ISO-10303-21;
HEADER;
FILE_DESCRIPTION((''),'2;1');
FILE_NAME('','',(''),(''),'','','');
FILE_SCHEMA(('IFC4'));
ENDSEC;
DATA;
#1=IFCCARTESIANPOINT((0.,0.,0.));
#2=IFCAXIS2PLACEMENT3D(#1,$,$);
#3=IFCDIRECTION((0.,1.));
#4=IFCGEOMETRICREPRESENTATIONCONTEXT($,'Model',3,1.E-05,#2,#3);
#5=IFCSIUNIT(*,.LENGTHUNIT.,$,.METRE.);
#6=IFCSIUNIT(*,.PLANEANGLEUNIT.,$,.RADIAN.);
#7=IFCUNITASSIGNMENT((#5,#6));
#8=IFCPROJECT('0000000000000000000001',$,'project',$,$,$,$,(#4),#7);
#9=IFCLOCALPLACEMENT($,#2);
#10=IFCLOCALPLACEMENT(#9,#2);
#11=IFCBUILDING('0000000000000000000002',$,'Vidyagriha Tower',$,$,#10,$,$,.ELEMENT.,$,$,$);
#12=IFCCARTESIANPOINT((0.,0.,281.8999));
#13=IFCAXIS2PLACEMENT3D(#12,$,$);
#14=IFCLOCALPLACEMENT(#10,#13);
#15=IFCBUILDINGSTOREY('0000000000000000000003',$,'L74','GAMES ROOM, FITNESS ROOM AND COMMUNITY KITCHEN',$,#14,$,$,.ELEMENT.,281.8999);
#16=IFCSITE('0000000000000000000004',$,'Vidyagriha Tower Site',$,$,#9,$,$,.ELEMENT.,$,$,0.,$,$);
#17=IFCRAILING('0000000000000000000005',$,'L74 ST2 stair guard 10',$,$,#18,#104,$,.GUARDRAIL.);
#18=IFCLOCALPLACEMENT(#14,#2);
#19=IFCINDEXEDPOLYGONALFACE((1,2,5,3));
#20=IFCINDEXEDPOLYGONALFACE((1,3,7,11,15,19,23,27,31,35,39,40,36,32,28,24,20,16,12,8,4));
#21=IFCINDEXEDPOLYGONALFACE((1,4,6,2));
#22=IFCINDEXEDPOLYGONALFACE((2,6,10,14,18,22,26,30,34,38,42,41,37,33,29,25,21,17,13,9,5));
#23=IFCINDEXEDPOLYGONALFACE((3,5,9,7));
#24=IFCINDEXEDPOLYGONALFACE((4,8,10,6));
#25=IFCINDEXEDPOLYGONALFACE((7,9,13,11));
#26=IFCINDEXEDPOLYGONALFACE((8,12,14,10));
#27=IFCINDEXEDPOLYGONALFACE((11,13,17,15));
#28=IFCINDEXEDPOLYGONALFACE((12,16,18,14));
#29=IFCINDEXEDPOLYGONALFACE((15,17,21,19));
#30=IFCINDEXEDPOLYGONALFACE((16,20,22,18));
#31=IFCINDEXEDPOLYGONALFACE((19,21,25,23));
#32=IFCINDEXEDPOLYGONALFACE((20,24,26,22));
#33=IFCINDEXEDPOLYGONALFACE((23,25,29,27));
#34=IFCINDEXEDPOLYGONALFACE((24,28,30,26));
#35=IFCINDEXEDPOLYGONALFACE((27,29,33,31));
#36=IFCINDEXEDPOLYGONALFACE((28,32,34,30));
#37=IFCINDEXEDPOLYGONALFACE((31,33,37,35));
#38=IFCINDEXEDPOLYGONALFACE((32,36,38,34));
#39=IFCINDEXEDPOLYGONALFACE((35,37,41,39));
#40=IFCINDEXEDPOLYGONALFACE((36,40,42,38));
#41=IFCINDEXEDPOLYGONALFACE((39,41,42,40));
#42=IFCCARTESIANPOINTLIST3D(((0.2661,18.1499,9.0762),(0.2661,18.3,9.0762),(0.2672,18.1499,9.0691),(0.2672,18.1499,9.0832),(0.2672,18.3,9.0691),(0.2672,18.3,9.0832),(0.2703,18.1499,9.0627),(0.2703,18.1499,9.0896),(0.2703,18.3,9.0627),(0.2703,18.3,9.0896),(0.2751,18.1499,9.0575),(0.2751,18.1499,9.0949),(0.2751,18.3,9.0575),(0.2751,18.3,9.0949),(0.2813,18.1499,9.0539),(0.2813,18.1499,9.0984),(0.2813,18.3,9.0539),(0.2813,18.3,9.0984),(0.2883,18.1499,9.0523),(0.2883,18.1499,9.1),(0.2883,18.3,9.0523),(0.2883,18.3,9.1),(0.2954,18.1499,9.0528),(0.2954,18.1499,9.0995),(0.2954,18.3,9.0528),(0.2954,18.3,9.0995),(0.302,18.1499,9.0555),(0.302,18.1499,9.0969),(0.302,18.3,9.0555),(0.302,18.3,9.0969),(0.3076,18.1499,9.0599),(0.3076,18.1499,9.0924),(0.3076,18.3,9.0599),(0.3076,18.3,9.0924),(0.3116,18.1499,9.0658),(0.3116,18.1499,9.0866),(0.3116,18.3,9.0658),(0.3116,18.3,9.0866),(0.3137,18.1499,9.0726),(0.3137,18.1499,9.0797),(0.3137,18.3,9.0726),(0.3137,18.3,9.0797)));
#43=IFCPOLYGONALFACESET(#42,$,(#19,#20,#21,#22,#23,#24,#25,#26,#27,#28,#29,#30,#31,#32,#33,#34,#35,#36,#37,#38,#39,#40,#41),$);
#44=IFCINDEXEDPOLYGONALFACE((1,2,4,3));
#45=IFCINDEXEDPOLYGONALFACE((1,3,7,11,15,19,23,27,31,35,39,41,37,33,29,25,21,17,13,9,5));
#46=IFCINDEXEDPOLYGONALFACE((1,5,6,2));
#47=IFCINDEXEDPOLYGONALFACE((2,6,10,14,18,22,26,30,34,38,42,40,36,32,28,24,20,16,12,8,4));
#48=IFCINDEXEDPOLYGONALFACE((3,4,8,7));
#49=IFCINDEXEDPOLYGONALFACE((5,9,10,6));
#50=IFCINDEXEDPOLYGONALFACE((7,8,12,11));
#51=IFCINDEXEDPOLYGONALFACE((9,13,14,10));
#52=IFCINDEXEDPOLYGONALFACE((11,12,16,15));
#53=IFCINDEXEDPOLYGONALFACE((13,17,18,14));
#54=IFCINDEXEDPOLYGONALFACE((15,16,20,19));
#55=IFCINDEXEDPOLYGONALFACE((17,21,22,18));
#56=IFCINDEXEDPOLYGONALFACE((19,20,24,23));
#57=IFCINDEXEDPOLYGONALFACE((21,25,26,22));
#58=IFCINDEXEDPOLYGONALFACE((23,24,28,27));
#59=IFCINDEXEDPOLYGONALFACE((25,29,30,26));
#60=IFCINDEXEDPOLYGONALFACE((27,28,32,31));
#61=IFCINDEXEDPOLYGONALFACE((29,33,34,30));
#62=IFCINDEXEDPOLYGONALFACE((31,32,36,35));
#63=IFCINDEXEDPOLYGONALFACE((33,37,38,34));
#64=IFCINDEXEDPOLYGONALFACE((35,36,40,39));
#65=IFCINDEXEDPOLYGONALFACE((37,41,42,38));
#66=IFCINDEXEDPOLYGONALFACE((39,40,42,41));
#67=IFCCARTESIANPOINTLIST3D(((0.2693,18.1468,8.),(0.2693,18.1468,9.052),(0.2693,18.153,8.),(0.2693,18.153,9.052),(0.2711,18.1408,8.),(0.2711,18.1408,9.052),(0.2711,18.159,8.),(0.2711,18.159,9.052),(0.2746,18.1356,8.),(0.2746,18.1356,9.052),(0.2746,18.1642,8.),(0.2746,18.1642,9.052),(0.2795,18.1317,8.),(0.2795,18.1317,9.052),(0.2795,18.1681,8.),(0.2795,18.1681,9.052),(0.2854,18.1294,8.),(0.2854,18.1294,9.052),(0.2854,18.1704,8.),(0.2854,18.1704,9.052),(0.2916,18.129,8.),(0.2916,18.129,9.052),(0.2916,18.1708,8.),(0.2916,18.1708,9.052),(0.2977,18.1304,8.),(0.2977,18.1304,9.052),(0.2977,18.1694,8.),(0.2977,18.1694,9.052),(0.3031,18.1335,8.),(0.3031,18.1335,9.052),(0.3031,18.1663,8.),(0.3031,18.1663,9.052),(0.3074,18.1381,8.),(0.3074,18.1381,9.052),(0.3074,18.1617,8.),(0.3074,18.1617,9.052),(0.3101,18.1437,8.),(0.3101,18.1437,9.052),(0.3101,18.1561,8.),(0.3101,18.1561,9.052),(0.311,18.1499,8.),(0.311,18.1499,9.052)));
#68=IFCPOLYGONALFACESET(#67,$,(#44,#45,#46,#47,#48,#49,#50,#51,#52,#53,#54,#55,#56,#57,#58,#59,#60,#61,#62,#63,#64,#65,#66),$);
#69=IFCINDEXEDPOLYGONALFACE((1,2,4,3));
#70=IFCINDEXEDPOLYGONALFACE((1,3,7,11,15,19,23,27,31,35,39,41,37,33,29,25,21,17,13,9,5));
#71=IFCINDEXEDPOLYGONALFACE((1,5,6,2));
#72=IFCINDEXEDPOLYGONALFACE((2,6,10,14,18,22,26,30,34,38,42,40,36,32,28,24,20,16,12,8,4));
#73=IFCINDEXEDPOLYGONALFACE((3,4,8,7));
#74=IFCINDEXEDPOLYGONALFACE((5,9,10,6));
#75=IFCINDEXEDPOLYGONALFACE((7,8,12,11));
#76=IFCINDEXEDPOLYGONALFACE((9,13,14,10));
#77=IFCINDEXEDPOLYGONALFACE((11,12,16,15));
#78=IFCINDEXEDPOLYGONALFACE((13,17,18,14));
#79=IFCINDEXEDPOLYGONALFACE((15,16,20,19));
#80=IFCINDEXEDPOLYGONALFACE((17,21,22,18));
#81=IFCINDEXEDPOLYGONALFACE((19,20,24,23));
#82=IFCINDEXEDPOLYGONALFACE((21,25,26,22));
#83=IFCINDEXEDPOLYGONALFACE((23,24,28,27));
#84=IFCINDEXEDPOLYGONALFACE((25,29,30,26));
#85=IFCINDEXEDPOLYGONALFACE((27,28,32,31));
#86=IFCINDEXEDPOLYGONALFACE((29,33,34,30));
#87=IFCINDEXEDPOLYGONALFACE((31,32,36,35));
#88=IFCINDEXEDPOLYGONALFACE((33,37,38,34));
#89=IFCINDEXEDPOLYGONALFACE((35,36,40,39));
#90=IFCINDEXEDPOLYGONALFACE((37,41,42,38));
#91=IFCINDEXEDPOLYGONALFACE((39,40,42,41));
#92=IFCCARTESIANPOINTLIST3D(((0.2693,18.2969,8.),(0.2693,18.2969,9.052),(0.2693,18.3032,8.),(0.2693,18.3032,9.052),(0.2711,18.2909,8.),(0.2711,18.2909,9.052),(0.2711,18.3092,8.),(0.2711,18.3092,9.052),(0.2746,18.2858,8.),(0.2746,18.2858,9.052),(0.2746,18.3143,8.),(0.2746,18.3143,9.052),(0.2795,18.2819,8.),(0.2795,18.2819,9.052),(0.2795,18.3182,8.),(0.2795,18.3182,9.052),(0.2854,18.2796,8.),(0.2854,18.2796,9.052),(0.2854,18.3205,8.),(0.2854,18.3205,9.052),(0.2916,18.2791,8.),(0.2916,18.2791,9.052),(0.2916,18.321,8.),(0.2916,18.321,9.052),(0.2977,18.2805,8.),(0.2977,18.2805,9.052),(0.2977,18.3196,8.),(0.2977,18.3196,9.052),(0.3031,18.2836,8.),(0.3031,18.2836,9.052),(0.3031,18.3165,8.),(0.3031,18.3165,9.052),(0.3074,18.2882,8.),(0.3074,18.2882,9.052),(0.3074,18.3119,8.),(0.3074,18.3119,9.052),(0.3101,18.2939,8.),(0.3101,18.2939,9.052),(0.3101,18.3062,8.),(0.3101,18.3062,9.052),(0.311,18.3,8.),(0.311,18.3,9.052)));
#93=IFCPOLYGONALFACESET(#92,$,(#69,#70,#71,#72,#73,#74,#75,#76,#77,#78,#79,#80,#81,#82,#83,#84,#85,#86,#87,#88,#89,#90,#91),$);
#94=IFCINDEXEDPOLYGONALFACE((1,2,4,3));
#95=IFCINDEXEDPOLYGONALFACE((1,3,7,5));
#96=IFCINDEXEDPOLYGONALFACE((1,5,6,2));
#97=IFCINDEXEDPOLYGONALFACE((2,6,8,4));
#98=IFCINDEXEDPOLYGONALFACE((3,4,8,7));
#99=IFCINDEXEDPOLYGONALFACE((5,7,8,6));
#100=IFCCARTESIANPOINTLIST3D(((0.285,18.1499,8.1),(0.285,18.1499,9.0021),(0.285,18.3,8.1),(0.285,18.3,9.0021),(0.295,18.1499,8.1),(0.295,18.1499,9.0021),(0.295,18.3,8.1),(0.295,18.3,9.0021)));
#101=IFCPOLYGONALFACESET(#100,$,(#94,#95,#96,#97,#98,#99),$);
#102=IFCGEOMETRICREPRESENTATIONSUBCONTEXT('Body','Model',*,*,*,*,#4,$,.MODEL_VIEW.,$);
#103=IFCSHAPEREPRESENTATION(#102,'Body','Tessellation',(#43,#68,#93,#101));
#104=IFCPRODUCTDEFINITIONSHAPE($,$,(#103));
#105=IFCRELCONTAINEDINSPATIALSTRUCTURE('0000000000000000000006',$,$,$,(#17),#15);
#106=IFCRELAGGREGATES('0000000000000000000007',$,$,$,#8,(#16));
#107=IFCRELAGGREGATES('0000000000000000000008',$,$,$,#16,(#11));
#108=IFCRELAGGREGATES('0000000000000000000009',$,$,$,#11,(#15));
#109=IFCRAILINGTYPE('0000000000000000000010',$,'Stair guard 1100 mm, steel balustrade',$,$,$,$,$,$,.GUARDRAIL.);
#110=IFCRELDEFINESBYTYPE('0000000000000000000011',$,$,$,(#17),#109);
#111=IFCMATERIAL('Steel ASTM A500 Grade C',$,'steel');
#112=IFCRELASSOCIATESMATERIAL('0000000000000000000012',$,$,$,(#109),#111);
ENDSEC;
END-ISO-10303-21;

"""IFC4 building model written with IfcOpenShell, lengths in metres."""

from ifc_helpers import new_model, si_unit, direction, frame, origin, origin_2d, place, context, subcontext, project, spatial, rectangle, circle, extrude, material, type_object, element, save


model = new_model("IFC4")

# Units and contexts
model_context = context("Model", 3, precision=1e-05, world=origin(), true_north=direction((0.0, 1.0)))
body_context = subcontext(model_context, "Body", "Model", "MODEL_VIEW")
ifc_project = project(units=[si_unit("LENGTHUNIT", "METRE"), si_unit("PLANEANGLEUNIT", "RADIAN")], contexts=[model_context])

# Site, building, storey
site_placement = place(None, origin())
site = spatial("IfcSite", under=ifc_project, at=site_placement, Name="Vidyagriha Tower Site", CompositionType="ELEMENT", RefElevation=0.0)
building_placement = place(site_placement, origin())
building = spatial("IfcBuilding", under=site, at=building_placement, Name="Vidyagriha Tower", CompositionType="ELEMENT")
storey_placement = place(building_placement, frame((0.0, 0.0, 281.8999)))
storey = spatial("IfcBuildingStorey", under=building, at=storey_placement, Name="L74", Description="GAMES ROOM, FITNESS ROOM AND COMMUNITY KITCHEN", CompositionType="ELEMENT", Elevation=281.8999)

# Railing
ifc_material_1 = material(Name="Steel ASTM A500 Grade C", Category="steel")
railing_type_1 = type_object("IfcRailingType", Name="Stair guard 1100 mm, steel balustrade", PredefinedType="GUARDRAIL", material=ifc_material_1)
for number, where, name in (
    (1, (0.29, 18.1499, 8.0), "L74 ST2 stair guard 10"),
):
    element("IfcRailing", number, at=place(storey_placement, frame(where)), inside=storey, type_object=railing_type_1, Name=name, PredefinedType="GUARDRAIL", context=body_context, shape_type="SweptSolid", body=[
        extrude(circle(Radius=0.0239, at=origin_2d()), frame((0.0, 0.0, 1.0762), z_axis=(0.0, 1.0, 0.0), x_axis=(-1.0, 0.0, 0.0)), (0.0, 0.0, 1.0), 0.1501),
        extrude(circle(Radius=0.021, at=origin_2d()), origin(), (0.0, 0.0, 1.0), 1.052),
        extrude(circle(Radius=0.021, at=origin_2d()), frame((0.0, 0.1501, 0.0)), (0.0, 0.0, 1.0), 1.052),
        extrude(rectangle(XDim=0.01, YDim=0.9021, at=origin_2d()), frame((0.0, 0.0, 0.551), z_axis=(0.0, 1.0, 0.0), x_axis=(-1.0, 0.0, 0.0)), (0.0, 0.0, 1.0), 0.1501),
    ])

save(model, "model.ifc")
